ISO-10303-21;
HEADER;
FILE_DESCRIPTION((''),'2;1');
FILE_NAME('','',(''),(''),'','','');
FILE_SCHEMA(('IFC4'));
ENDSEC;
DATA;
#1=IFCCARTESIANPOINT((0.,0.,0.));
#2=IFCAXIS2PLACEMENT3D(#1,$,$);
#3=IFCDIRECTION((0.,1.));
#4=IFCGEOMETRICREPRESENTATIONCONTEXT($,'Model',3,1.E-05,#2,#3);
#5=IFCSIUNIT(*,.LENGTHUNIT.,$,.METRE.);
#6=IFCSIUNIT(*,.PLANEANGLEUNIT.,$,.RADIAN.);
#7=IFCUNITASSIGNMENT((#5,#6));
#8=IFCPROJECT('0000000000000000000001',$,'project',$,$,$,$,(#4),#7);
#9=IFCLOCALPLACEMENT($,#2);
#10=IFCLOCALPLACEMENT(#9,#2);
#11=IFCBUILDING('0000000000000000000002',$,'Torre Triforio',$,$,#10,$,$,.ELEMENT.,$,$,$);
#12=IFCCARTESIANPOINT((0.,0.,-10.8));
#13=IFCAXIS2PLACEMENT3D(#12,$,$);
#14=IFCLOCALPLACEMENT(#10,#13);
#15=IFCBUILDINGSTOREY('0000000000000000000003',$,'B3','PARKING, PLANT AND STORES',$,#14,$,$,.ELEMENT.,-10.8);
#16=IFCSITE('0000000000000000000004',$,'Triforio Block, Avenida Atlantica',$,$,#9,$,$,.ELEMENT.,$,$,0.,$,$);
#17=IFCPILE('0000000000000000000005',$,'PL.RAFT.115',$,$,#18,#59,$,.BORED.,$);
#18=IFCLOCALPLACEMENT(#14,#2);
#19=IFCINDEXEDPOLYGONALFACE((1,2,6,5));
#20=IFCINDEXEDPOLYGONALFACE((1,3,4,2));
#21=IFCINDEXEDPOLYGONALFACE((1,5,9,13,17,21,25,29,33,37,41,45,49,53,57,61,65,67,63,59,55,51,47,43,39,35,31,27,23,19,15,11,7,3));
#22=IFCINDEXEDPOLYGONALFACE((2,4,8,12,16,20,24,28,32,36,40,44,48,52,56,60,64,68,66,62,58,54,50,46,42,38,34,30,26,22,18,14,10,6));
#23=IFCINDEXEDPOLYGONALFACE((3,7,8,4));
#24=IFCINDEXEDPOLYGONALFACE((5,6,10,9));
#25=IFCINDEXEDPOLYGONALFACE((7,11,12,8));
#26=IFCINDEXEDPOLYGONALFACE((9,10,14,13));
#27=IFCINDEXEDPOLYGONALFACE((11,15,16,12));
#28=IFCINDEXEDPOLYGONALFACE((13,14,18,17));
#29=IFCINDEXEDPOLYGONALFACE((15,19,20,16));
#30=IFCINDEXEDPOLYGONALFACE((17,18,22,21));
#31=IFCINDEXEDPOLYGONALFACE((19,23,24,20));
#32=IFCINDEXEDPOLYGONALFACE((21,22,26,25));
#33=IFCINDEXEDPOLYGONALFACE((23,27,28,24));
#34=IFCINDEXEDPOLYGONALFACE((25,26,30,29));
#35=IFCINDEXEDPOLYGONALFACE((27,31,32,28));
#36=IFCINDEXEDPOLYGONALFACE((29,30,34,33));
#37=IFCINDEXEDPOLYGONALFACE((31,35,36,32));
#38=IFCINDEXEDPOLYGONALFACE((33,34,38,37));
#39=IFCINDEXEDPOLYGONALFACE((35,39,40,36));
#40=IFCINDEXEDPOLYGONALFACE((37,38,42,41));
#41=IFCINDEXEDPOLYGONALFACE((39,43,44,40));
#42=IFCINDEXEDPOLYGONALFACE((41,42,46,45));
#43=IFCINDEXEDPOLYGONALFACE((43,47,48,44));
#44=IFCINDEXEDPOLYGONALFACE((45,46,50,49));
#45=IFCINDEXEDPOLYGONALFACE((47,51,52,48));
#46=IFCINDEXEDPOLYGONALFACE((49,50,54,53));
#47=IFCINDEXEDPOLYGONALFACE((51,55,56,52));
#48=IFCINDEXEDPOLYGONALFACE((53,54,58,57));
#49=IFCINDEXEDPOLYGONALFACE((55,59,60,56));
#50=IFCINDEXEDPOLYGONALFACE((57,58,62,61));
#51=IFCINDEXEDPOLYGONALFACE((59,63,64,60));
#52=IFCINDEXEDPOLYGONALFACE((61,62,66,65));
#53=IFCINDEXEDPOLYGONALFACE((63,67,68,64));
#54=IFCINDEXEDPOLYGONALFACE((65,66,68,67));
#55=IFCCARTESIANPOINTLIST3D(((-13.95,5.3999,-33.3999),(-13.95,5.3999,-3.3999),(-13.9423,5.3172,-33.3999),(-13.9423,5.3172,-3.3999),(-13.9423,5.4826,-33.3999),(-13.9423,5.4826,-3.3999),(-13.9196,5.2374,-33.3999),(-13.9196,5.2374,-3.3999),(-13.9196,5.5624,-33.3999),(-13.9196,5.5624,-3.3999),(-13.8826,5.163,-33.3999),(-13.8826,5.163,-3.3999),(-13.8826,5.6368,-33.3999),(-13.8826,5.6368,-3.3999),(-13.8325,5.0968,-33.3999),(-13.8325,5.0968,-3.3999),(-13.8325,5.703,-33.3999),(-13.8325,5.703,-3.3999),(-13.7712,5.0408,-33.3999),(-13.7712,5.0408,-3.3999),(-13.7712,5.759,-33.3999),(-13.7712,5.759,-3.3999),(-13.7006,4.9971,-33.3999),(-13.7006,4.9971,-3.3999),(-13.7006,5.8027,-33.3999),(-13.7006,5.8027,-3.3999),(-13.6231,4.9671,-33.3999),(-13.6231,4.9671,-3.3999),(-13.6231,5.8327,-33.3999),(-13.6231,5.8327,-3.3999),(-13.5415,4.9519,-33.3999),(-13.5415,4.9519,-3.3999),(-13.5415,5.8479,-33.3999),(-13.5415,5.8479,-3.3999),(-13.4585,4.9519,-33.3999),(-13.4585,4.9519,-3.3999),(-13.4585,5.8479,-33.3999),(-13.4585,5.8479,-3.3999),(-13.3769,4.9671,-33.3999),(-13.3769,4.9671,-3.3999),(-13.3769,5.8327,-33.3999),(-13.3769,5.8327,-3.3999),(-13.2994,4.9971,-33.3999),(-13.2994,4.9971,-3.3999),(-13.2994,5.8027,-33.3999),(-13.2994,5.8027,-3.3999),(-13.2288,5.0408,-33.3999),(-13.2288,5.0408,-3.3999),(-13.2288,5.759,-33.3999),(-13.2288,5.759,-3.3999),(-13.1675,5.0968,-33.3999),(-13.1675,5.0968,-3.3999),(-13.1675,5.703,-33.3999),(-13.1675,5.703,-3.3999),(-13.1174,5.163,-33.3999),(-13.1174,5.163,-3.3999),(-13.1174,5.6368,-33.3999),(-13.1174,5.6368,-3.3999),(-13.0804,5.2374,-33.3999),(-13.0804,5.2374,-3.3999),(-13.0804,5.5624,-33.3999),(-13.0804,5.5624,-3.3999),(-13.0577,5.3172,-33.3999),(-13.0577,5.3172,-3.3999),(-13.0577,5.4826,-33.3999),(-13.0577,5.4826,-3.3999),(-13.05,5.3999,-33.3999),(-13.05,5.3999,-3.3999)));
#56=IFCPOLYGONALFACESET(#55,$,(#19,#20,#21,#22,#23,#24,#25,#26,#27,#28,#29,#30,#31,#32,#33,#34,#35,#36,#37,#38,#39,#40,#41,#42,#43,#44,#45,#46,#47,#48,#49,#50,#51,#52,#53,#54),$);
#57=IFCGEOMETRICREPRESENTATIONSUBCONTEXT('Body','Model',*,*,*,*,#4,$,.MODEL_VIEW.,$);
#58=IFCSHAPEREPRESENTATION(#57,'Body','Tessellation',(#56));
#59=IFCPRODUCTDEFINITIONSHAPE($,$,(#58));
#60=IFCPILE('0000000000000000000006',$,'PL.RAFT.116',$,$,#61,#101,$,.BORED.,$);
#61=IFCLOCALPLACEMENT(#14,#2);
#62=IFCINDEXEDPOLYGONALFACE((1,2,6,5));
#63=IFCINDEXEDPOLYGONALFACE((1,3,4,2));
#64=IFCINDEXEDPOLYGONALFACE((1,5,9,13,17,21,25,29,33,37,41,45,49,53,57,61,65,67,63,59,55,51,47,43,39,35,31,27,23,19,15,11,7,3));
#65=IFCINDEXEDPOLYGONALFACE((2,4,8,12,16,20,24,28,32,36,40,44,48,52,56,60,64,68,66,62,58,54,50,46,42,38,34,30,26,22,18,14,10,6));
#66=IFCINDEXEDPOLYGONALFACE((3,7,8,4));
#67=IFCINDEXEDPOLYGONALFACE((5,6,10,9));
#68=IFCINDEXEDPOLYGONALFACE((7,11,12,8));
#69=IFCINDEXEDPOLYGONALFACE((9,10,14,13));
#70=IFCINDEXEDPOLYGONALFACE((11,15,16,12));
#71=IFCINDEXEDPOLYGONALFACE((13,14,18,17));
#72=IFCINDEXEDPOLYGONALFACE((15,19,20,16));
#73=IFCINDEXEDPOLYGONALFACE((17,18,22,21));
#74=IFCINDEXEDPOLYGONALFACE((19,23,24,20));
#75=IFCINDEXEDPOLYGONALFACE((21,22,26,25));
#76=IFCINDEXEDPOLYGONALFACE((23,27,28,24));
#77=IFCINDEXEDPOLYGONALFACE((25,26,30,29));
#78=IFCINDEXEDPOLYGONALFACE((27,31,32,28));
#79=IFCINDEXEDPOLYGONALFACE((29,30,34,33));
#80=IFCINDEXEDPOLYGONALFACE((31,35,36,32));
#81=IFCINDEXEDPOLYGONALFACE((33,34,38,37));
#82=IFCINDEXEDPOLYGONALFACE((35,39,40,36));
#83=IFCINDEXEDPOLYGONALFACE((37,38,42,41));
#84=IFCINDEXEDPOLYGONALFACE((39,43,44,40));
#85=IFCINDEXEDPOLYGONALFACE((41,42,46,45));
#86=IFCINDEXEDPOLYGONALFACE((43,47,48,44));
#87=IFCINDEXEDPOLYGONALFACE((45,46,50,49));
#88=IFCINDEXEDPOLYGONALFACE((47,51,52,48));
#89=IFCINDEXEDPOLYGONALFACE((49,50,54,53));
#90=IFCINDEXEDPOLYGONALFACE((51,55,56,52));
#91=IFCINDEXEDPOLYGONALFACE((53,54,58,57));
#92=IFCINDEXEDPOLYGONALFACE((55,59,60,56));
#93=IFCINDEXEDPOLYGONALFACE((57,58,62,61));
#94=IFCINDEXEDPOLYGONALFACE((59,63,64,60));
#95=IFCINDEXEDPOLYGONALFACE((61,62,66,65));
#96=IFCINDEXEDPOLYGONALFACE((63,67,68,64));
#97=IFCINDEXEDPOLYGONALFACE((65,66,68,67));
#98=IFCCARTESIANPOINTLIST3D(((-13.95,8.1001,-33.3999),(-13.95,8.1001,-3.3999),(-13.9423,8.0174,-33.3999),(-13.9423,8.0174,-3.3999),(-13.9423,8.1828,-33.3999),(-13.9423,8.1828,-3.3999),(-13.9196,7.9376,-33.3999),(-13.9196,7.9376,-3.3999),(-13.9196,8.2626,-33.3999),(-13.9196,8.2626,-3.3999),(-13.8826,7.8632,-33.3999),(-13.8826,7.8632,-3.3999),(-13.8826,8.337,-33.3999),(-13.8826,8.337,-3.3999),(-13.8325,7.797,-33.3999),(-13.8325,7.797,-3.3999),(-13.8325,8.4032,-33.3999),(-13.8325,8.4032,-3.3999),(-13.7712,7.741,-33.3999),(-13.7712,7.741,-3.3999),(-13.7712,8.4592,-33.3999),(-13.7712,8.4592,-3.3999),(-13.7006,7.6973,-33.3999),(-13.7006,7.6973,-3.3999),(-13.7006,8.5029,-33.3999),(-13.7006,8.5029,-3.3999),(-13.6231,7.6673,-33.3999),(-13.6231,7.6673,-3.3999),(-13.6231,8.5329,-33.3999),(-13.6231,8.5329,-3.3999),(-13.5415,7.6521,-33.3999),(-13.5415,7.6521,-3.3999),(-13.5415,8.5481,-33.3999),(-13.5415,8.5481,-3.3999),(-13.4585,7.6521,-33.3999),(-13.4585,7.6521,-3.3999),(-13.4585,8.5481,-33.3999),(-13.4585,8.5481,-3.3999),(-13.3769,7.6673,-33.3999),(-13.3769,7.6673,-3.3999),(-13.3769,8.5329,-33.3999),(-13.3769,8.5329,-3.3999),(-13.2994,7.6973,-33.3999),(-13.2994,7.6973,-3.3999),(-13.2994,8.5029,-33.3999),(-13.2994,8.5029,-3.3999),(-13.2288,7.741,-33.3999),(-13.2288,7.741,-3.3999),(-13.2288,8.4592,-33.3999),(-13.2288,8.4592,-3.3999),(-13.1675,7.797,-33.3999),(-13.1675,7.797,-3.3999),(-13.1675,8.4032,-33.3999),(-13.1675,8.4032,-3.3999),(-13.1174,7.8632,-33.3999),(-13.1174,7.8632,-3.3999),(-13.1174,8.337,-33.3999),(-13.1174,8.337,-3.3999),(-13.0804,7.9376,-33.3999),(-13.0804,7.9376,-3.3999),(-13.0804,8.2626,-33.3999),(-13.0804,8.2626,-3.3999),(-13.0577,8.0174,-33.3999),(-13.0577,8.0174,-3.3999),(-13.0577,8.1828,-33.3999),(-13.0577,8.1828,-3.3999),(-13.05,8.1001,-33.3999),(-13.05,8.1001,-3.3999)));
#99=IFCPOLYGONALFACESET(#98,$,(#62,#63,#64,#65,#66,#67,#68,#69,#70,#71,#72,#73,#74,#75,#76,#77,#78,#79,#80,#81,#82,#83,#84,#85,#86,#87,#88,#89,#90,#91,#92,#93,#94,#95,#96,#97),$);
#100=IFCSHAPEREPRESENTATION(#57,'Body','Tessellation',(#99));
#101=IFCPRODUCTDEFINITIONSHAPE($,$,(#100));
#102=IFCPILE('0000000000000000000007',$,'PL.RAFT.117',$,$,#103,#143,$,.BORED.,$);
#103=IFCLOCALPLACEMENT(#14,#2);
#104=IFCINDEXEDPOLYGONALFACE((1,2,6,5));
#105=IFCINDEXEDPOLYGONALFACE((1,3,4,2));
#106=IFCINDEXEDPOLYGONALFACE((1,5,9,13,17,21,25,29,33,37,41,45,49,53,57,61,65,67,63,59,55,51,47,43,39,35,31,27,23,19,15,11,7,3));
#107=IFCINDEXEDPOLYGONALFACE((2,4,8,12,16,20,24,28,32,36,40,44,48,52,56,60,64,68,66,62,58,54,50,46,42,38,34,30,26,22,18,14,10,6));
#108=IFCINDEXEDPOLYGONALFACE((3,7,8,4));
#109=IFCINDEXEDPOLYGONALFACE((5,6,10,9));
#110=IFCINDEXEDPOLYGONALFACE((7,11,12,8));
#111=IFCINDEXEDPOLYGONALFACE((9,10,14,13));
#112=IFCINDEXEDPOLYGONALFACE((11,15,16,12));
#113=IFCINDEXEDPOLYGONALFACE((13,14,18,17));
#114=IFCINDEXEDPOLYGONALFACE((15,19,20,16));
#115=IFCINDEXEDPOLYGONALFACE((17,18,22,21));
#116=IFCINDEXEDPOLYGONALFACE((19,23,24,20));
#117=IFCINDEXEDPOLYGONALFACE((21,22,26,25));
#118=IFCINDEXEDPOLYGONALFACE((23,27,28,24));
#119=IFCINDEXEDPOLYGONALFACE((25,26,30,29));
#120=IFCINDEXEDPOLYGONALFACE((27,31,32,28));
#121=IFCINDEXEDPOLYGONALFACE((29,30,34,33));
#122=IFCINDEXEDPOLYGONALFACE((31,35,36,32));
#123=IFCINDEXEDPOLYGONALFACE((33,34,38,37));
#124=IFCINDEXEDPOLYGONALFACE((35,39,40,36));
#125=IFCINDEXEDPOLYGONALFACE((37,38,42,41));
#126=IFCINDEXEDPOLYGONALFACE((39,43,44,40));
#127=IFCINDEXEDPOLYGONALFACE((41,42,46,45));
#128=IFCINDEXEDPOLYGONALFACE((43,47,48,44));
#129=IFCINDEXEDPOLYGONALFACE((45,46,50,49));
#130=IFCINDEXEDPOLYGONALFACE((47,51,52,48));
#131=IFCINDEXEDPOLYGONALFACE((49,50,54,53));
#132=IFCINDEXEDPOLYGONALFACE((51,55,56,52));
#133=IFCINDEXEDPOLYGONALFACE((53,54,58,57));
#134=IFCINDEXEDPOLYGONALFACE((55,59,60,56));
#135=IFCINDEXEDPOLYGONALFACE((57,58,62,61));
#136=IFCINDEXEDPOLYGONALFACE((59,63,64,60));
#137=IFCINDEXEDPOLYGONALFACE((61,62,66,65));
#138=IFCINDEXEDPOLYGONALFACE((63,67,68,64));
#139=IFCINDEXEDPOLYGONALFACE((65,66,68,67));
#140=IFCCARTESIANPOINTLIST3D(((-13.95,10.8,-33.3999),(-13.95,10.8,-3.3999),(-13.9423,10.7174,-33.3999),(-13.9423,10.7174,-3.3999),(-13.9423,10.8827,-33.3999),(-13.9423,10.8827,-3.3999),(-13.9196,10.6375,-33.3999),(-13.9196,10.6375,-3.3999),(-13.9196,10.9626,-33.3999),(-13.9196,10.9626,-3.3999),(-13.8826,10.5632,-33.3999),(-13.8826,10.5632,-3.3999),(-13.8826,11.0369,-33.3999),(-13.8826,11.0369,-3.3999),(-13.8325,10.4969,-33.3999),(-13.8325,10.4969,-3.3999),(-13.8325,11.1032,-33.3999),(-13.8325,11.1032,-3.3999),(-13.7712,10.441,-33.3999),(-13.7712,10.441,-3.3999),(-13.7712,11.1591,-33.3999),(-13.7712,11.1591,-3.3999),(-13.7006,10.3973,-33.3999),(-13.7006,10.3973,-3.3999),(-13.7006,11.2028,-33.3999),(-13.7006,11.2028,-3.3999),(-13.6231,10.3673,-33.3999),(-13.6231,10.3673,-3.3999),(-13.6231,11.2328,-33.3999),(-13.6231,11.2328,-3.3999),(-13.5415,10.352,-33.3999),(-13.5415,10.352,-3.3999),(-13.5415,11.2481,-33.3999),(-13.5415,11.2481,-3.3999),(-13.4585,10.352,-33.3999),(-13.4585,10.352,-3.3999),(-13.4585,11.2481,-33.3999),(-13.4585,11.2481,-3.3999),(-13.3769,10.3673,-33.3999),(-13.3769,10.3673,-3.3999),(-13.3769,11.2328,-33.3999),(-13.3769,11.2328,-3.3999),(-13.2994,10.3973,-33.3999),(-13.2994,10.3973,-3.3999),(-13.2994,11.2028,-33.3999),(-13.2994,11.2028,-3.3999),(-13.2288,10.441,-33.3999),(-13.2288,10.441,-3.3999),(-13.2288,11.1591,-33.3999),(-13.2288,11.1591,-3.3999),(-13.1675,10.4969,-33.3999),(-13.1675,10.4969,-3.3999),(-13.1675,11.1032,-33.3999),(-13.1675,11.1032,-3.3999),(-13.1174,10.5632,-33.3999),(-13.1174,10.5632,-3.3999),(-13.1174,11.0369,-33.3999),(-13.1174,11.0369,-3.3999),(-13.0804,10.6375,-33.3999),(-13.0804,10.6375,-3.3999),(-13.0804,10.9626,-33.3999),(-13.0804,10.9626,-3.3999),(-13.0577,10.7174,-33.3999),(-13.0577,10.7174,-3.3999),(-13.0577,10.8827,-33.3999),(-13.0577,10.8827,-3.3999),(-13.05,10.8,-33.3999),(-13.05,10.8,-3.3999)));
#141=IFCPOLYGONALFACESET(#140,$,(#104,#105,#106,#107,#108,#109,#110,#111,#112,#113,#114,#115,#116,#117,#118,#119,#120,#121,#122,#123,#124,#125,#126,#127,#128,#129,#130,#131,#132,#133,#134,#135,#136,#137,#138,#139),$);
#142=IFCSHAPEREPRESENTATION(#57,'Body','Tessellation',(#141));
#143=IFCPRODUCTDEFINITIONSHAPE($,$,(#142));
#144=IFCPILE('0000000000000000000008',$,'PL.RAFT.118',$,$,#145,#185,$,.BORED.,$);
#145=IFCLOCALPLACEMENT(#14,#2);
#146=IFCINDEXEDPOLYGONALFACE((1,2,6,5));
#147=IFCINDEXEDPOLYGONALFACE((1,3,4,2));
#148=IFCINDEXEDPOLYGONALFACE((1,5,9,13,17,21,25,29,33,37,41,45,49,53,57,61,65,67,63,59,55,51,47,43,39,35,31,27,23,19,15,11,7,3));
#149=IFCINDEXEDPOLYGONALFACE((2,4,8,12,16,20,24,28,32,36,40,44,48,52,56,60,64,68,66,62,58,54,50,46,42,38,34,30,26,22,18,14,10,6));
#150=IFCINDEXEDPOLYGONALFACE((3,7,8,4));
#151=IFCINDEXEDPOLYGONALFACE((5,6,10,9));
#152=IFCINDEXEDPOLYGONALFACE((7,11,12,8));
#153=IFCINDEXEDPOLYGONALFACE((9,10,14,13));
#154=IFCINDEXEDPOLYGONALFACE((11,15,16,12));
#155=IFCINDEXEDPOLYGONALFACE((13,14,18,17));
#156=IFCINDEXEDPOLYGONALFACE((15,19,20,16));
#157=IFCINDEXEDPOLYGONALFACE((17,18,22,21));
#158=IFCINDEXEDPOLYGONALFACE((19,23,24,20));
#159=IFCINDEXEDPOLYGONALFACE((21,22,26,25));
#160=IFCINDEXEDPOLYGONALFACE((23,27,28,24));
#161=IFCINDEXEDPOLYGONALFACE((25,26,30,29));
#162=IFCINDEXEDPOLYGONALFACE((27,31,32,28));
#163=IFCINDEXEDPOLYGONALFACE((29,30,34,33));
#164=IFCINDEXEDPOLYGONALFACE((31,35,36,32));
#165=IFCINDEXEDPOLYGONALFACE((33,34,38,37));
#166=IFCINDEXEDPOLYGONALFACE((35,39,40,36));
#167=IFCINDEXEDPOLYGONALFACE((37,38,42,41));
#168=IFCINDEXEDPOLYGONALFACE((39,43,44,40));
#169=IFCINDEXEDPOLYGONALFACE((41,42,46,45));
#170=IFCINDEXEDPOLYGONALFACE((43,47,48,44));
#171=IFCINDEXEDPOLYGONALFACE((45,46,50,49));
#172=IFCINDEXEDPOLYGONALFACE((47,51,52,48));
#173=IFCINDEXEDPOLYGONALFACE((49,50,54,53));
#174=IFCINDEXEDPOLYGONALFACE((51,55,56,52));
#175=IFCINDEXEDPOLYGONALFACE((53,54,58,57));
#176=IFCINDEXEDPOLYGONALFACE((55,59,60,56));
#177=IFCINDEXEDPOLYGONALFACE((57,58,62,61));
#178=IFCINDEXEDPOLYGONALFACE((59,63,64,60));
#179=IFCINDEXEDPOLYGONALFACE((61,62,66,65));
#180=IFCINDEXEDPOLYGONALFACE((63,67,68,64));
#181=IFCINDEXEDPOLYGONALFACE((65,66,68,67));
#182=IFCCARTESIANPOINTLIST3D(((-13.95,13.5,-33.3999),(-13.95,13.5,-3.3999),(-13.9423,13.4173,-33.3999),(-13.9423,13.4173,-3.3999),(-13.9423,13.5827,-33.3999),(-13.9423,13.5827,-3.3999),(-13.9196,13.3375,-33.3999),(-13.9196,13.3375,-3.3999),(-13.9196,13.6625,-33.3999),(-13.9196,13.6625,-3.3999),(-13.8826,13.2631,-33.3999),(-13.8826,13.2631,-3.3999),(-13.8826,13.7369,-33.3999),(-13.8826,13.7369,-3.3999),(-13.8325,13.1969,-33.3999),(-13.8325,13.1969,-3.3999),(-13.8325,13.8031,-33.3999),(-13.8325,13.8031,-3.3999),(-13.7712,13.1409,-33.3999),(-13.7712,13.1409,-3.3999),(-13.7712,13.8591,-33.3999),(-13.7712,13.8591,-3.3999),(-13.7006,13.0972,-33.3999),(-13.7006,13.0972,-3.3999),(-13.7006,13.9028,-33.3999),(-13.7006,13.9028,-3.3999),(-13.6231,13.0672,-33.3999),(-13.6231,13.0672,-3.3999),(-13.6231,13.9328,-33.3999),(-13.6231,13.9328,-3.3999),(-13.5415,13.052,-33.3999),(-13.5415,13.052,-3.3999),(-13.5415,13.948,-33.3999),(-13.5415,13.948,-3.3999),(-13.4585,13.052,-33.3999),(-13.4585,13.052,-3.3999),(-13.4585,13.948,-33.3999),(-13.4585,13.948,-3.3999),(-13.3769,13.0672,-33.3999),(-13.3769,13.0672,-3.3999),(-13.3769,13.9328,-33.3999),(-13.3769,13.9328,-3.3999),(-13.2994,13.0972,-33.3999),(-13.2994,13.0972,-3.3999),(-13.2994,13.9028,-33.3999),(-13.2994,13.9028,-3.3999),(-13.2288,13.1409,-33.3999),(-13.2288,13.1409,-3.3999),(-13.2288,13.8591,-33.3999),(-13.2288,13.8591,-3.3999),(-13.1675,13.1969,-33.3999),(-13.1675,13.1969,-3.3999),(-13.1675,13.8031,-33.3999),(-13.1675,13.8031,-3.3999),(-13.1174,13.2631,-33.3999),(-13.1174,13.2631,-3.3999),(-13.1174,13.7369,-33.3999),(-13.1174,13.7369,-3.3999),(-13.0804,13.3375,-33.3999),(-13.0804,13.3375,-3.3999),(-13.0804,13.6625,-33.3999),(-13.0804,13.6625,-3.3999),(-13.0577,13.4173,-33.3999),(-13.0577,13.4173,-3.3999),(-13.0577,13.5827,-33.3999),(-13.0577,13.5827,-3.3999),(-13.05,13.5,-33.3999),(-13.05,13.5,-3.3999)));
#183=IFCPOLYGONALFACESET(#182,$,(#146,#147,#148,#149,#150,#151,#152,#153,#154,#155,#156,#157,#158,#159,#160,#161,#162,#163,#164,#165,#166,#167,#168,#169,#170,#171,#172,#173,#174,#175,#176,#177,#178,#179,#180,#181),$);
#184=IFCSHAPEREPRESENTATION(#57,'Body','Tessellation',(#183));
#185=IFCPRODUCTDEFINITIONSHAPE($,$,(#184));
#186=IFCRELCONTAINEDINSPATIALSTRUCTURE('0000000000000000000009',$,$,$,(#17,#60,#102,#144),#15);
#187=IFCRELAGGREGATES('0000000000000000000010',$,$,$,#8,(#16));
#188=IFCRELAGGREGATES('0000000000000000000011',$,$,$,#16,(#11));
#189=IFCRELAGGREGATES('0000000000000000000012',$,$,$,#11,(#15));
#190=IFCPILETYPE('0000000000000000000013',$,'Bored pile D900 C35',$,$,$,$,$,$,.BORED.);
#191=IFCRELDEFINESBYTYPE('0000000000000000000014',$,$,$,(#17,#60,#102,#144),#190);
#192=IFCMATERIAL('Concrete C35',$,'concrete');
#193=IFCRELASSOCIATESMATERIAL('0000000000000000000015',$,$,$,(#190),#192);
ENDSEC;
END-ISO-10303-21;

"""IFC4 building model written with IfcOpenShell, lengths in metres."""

from ifc_helpers import new_model, si_unit, direction, frame, origin, origin_2d, place, context, subcontext, project, spatial, circle, extrude, material, material_profile, profile_set, type_object, element, save


model = new_model("IFC4")

# Units and contexts
model_context = context("Model", 3, precision=1e-05, world=origin(), true_north=direction((0.0, 1.0)))
body_context = subcontext(model_context, "Body", "Model", "MODEL_VIEW")
ifc_project = project(units=[si_unit("LENGTHUNIT", "METRE"), si_unit("PLANEANGLEUNIT", "RADIAN")], contexts=[model_context])

# Site, building, storey
site_placement = place(None, origin())
site = spatial("IfcSite", under=ifc_project, at=site_placement, Name="Triforio Block, Avenida Atlantica", CompositionType="ELEMENT", RefElevation=0.0)
building_placement = place(site_placement, origin())
building = spatial("IfcBuilding", under=site, at=building_placement, Name="Torre Triforio", CompositionType="ELEMENT")
storey_placement = place(building_placement, frame((0.0, 0.0, -10.8)))
storey = spatial("IfcBuildingStorey", under=building, at=storey_placement, Name="B3", Description="PARKING, PLANT AND STORES", CompositionType="ELEMENT", Elevation=-10.8)

# Piles
ifc_material_1 = material(Name="Concrete C35", Category="concrete")
ifc_material_profile_1 = material_profile(ifc_material_1, circle(Radius=0.45, at=origin_2d()), Name="RC D900")
ifc_profile_set_1 = profile_set([ifc_material_profile_1], Name="Concrete C35")
pile_type = type_object("IfcPileType", Name="Bored pile D900 C35", PredefinedType="BORED", material=ifc_profile_set_1)
for number, where, z_axis, x_axis, name in (
    (1, (-13.5, 5.3999, -3.3999), (0.0, 0.0, -1.0), (1.0, 0.0, 0.0), "PL.RAFT.115"),
    (2, (-13.5, 8.1001, -3.3999), (0.0, 0.0, -1.0), (1.0, 0.0, 0.0), "PL.RAFT.116"),
    (3, (-13.5, 10.8, -3.3999), (0.0, 0.0, -1.0), (1.0, 0.0, 0.0), "PL.RAFT.117"),
    (4, (-13.5, 13.5, -3.3999), (0.0, 0.0, -1.0), (1.0, 0.0, 0.0), "PL.RAFT.118"),
):
    element("IfcPile", number, at=place(storey_placement, frame(where, z_axis=z_axis, x_axis=x_axis)), inside=storey, type_object=pile_type, Name=name, PredefinedType="BORED", context=body_context, shape_type="SweptSolid", body=[
        extrude(circle(Radius=0.45, at=origin_2d()), origin(), (0.0, 0.0, 1.0), 30.0),
    ])

save(model, "model.ifc")
